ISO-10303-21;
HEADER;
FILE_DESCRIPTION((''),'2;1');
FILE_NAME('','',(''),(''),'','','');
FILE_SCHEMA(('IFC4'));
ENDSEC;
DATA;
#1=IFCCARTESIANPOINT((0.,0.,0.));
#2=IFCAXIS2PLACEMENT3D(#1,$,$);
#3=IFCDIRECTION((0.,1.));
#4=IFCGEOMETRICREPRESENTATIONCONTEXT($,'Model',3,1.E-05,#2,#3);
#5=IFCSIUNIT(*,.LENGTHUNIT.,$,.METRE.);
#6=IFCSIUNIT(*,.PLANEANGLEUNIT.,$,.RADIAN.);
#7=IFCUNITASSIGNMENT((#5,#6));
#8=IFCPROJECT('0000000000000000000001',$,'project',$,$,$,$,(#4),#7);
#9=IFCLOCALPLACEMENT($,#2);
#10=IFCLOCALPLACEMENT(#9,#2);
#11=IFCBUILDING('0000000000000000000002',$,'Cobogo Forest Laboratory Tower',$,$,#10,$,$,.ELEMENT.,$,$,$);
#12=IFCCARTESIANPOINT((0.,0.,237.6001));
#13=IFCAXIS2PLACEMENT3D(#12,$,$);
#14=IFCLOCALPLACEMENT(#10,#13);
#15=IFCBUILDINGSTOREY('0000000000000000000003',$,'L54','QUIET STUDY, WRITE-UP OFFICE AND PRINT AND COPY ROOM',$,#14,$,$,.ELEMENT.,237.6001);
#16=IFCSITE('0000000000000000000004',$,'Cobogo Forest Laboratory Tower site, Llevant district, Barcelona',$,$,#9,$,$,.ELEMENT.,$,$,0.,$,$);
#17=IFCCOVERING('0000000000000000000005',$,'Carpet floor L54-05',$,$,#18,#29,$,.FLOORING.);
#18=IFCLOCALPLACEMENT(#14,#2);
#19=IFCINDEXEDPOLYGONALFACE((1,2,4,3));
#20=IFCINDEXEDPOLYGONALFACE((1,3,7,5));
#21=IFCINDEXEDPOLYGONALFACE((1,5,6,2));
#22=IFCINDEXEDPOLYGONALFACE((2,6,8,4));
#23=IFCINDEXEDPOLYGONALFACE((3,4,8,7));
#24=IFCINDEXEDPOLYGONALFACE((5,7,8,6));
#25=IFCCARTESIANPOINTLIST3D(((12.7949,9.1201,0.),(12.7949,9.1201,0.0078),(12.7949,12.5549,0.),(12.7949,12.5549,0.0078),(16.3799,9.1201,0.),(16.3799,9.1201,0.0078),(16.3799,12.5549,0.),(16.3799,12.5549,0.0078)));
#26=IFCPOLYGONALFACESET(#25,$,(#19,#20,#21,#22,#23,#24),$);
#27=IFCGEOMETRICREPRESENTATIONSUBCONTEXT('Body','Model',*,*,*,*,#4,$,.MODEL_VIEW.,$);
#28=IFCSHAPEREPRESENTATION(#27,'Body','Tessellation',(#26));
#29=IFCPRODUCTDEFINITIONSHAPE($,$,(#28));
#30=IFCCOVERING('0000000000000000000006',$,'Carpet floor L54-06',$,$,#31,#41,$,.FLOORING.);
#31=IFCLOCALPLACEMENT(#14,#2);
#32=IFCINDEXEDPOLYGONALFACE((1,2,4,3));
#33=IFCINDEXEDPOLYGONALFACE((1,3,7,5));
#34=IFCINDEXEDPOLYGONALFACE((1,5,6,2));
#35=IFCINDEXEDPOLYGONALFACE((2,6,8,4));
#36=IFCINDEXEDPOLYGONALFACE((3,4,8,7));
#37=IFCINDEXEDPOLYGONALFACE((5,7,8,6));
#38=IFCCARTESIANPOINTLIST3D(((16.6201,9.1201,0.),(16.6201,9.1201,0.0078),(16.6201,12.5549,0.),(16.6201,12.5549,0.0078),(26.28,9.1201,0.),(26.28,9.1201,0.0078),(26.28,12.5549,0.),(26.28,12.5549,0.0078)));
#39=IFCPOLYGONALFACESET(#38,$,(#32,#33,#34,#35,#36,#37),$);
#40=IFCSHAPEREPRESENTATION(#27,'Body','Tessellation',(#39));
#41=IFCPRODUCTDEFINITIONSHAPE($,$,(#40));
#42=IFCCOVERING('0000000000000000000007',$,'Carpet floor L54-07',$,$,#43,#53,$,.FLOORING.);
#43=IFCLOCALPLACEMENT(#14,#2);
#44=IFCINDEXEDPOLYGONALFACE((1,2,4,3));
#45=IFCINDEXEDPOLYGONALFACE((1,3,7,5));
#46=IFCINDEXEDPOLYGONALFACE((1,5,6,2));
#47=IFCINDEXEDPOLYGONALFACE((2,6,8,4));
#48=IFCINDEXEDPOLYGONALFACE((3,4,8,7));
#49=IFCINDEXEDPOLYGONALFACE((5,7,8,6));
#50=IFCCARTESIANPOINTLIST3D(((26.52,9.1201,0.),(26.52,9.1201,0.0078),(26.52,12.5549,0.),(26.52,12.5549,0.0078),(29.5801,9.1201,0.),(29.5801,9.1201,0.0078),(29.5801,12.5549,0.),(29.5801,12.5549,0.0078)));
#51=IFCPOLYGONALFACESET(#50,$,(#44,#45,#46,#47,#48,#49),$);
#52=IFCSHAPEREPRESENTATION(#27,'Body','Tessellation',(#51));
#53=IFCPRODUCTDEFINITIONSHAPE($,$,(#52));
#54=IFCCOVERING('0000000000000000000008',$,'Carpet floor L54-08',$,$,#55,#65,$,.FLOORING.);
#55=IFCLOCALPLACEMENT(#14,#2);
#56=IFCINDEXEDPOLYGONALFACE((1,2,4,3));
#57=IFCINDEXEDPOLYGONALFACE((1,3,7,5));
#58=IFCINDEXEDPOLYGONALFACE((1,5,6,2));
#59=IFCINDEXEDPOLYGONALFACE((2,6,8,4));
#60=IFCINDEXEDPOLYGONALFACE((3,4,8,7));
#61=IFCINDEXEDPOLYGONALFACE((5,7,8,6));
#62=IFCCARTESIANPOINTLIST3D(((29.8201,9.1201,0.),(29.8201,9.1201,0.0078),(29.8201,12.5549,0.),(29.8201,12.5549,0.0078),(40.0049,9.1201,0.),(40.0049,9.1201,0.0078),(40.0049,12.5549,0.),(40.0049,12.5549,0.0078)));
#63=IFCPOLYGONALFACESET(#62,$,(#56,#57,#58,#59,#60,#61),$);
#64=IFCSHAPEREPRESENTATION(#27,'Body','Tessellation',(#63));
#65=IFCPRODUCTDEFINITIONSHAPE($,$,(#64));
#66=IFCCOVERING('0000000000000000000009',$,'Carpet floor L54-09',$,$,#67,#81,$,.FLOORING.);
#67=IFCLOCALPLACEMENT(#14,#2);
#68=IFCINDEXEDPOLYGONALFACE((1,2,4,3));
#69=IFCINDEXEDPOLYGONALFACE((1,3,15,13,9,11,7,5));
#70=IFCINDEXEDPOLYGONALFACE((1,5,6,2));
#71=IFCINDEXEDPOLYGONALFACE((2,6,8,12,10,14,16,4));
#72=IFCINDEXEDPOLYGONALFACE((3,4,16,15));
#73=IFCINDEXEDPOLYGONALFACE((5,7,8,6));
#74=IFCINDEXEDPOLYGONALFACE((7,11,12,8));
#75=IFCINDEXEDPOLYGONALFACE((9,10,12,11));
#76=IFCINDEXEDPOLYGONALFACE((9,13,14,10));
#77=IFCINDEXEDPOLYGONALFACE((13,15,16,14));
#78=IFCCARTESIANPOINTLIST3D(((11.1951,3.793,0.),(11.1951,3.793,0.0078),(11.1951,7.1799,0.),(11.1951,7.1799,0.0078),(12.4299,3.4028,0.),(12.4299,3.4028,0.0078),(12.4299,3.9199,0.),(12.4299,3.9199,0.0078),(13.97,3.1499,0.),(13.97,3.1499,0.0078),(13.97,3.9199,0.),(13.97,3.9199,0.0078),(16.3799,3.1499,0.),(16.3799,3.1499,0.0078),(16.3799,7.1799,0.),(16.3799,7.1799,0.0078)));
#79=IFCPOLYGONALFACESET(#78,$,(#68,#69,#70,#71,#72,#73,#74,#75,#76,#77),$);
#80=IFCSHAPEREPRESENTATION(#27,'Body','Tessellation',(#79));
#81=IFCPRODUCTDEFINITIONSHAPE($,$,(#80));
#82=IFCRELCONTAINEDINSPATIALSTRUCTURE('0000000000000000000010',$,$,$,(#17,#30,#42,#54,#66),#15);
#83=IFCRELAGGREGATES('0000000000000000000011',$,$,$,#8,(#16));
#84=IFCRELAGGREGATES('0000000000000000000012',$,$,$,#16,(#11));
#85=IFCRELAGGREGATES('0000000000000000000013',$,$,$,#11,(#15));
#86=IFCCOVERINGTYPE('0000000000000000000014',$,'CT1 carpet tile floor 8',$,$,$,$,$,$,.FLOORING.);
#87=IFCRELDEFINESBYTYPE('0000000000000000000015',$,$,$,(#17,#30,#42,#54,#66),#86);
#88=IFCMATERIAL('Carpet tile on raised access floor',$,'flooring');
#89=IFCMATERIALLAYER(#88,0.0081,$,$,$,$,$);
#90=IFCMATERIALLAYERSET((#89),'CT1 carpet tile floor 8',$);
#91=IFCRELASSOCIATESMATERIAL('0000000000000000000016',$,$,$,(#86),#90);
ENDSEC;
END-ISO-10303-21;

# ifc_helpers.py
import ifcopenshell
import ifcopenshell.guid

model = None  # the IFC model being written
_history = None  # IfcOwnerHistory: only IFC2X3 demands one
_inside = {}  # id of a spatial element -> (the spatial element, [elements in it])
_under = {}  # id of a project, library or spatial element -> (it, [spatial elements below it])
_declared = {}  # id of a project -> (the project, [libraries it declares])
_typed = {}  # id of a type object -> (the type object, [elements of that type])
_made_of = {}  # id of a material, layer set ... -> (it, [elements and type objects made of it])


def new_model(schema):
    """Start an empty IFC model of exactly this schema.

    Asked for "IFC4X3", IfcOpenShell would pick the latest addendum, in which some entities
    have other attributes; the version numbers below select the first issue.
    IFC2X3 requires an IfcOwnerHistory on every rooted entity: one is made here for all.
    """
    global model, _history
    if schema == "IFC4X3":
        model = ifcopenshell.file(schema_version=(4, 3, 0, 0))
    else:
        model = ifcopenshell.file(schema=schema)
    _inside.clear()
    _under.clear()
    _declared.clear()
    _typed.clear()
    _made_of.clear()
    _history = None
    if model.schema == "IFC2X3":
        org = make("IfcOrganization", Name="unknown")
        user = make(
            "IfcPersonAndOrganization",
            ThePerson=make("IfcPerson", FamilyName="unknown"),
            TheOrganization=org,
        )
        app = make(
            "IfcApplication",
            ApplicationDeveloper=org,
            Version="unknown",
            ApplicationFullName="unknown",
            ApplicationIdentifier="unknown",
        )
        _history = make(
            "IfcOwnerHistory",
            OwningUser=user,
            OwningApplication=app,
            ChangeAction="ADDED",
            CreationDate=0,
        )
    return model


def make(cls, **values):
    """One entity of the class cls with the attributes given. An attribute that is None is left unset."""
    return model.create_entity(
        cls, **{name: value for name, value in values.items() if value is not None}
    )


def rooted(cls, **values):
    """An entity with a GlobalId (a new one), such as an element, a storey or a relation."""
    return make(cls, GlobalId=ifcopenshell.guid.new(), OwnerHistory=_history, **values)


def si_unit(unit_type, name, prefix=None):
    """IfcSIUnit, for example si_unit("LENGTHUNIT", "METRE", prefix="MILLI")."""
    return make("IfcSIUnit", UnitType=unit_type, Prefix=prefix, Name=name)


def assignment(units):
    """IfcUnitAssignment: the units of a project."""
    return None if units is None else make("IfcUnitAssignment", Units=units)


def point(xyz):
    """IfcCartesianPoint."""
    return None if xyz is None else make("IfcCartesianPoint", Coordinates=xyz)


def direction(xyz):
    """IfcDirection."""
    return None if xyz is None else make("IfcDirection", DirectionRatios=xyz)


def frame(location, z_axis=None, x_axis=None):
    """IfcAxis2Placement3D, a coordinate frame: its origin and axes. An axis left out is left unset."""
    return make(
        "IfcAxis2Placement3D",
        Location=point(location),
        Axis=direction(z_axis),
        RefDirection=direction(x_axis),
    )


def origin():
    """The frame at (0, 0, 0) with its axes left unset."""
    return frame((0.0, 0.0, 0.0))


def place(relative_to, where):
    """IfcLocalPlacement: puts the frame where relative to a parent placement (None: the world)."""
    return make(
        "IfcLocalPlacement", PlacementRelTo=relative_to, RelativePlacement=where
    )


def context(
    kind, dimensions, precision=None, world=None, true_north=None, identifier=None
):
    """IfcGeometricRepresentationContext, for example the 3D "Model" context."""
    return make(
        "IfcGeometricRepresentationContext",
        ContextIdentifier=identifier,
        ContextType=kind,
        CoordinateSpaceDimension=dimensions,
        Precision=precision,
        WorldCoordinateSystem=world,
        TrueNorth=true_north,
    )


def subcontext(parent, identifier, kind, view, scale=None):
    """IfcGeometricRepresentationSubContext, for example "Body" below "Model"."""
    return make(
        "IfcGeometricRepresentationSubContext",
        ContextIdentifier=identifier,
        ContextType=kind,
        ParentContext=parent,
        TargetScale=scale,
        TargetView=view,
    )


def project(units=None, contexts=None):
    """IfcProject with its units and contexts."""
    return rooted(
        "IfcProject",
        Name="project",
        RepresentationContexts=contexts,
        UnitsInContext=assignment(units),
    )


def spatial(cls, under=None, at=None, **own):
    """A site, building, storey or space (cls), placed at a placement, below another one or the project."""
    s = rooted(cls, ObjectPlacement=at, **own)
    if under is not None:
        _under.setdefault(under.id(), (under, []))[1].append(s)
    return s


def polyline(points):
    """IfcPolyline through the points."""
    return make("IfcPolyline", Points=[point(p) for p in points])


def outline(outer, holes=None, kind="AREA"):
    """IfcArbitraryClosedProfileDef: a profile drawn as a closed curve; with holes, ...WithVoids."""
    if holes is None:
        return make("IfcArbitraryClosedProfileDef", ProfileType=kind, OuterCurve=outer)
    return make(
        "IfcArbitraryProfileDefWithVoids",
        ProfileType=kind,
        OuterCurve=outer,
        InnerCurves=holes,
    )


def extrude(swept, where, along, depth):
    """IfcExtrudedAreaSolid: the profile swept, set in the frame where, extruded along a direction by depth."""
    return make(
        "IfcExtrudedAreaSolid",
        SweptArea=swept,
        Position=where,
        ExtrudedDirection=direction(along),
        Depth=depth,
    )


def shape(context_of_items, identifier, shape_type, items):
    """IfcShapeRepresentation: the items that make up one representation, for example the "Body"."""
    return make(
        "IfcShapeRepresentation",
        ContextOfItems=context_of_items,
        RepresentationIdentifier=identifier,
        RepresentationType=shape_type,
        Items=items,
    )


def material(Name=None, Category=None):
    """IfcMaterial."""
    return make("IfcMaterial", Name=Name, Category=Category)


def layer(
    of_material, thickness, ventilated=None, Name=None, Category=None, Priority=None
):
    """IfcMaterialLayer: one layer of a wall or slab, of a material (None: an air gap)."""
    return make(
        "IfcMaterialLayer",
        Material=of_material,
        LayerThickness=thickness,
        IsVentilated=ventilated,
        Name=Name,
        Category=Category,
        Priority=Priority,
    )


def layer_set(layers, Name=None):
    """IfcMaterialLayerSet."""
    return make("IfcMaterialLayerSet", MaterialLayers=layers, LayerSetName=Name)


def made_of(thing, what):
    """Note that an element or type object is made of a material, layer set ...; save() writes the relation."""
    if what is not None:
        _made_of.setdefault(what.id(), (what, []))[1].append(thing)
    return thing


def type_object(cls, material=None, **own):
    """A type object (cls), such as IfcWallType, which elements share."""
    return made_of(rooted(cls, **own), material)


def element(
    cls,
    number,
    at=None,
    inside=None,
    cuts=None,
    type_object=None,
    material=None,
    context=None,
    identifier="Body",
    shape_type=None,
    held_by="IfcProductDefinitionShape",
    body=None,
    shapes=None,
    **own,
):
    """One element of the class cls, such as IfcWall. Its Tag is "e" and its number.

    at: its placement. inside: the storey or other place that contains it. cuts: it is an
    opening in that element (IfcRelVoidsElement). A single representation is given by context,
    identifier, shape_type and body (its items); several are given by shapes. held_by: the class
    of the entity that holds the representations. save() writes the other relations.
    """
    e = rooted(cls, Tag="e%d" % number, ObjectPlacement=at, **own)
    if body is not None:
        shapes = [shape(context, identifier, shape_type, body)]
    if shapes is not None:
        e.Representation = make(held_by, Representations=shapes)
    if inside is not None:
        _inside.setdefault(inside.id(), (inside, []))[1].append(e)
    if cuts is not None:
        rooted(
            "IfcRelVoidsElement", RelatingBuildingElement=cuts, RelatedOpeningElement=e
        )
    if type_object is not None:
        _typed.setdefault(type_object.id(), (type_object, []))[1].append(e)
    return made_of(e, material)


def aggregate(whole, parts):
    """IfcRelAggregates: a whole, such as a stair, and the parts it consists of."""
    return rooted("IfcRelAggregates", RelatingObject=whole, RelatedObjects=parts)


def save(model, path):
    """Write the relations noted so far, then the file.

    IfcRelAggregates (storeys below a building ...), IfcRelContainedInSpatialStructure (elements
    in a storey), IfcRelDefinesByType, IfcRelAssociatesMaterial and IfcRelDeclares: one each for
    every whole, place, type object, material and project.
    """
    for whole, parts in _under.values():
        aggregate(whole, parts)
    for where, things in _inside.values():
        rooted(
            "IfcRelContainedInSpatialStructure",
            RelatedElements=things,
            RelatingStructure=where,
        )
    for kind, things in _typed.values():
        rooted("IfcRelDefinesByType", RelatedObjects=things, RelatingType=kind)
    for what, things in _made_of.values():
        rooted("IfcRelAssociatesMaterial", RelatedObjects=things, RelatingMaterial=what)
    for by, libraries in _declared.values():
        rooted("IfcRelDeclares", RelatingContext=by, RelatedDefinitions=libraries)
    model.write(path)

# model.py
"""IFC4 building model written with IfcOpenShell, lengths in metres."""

from ifc_helpers import new_model, si_unit, direction, frame, origin, place, context, subcontext, project, spatial, polyline, outline, extrude, material, layer, layer_set, type_object, element, save


model = new_model("IFC4")

# Units and contexts
model_context = context("Model", 3, precision=1e-05, world=origin(), true_north=direction((0.0, 1.0)))
body_context = subcontext(model_context, "Body", "Model", "MODEL_VIEW")
ifc_project = project(units=[si_unit("LENGTHUNIT", "METRE"), si_unit("PLANEANGLEUNIT", "RADIAN")], contexts=[model_context])

# Site, building, storey
site_placement = place(None, origin())
site = spatial("IfcSite", under=ifc_project, at=site_placement, Name="Cobogo Forest Laboratory Tower site, Llevant district, Barcelona", CompositionType="ELEMENT", RefElevation=0.0)
building_placement = place(site_placement, origin())
building = spatial("IfcBuilding", under=site, at=building_placement, Name="Cobogo Forest Laboratory Tower", CompositionType="ELEMENT")
storey_placement = place(building_placement, frame((0.0, 0.0, 237.6001)))
storey = spatial("IfcBuildingStorey", under=building, at=storey_placement, Name="L54", Description="QUIET STUDY, WRITE-UP OFFICE AND PRINT AND COPY ROOM", CompositionType="ELEMENT", Elevation=237.6001)

# Coverings
ifc_material_1 = material(Name="Carpet tile on raised access floor", Category="flooring")
ifc_layer_1 = layer(ifc_material_1, 0.0081)
ifc_layer_set_1 = layer_set([ifc_layer_1], Name="CT1 carpet tile floor 8")
covering_type = type_object("IfcCoveringType", Name="CT1 carpet tile floor 8", PredefinedType="FLOORING", material=ifc_layer_set_1)
covering_1_placement = place(storey_placement, origin())
element("IfcCovering", 1, at=covering_1_placement, inside=storey, type_object=covering_type, Name="Carpet floor L54-05", PredefinedType="FLOORING", context=body_context, shape_type="SweptSolid", body=[
    extrude(outline(polyline([(16.3799, 9.1201), (12.7949, 9.1201), (12.7949, 12.5549), (16.3799, 12.5549), (16.3799, 9.1201)])), origin(), (0.0, 0.0, 1.0), 0.0078),
])
covering_2_placement = place(storey_placement, origin())
element("IfcCovering", 2, at=covering_2_placement, inside=storey, type_object=covering_type, Name="Carpet floor L54-06", PredefinedType="FLOORING", context=body_context, shape_type="SweptSolid", body=[
    extrude(outline(polyline([(26.28, 9.1201), (16.6201, 9.1201), (16.6201, 12.5549), (26.28, 12.5549), (26.28, 9.1201)])), origin(), (0.0, 0.0, 1.0), 0.0078),
])
covering_3_placement = place(storey_placement, origin())
element("IfcCovering", 3, at=covering_3_placement, inside=storey, type_object=covering_type, Name="Carpet floor L54-07", PredefinedType="FLOORING", context=body_context, shape_type="SweptSolid", body=[
    extrude(outline(polyline([(29.5801, 9.1201), (26.52, 9.1201), (26.52, 12.5549), (29.5801, 12.5549), (29.5801, 9.1201)])), origin(), (0.0, 0.0, 1.0), 0.0078),
])
covering_4_placement = place(storey_placement, origin())
element("IfcCovering", 4, at=covering_4_placement, inside=storey, type_object=covering_type, Name="Carpet floor L54-08", PredefinedType="FLOORING", context=body_context, shape_type="SweptSolid", body=[
    extrude(outline(polyline([(40.0049, 9.1201), (29.8201, 9.1201), (29.8201, 12.5549), (40.0049, 12.5549), (40.0049, 9.1201)])), origin(), (0.0, 0.0, 1.0), 0.0078),
])
covering_5_placement = place(storey_placement, origin())
element("IfcCovering", 5, at=covering_5_placement, inside=storey, type_object=covering_type, Name="Carpet floor L54-09", PredefinedType="FLOORING", context=body_context, shape_type="SweptSolid", body=[
    extrude(outline(polyline([(16.3799, 7.1799), (16.3799, 3.1499), (13.97, 3.1499), (13.97, 3.9199), (12.4299, 3.9199), (12.4299, 3.4028), (11.1951, 3.793), (11.1951, 7.1799), (16.3799, 7.1799)])), origin(), (0.0, 0.0, 1.0), 0.0078),
])

save(model, "model.ifc")
